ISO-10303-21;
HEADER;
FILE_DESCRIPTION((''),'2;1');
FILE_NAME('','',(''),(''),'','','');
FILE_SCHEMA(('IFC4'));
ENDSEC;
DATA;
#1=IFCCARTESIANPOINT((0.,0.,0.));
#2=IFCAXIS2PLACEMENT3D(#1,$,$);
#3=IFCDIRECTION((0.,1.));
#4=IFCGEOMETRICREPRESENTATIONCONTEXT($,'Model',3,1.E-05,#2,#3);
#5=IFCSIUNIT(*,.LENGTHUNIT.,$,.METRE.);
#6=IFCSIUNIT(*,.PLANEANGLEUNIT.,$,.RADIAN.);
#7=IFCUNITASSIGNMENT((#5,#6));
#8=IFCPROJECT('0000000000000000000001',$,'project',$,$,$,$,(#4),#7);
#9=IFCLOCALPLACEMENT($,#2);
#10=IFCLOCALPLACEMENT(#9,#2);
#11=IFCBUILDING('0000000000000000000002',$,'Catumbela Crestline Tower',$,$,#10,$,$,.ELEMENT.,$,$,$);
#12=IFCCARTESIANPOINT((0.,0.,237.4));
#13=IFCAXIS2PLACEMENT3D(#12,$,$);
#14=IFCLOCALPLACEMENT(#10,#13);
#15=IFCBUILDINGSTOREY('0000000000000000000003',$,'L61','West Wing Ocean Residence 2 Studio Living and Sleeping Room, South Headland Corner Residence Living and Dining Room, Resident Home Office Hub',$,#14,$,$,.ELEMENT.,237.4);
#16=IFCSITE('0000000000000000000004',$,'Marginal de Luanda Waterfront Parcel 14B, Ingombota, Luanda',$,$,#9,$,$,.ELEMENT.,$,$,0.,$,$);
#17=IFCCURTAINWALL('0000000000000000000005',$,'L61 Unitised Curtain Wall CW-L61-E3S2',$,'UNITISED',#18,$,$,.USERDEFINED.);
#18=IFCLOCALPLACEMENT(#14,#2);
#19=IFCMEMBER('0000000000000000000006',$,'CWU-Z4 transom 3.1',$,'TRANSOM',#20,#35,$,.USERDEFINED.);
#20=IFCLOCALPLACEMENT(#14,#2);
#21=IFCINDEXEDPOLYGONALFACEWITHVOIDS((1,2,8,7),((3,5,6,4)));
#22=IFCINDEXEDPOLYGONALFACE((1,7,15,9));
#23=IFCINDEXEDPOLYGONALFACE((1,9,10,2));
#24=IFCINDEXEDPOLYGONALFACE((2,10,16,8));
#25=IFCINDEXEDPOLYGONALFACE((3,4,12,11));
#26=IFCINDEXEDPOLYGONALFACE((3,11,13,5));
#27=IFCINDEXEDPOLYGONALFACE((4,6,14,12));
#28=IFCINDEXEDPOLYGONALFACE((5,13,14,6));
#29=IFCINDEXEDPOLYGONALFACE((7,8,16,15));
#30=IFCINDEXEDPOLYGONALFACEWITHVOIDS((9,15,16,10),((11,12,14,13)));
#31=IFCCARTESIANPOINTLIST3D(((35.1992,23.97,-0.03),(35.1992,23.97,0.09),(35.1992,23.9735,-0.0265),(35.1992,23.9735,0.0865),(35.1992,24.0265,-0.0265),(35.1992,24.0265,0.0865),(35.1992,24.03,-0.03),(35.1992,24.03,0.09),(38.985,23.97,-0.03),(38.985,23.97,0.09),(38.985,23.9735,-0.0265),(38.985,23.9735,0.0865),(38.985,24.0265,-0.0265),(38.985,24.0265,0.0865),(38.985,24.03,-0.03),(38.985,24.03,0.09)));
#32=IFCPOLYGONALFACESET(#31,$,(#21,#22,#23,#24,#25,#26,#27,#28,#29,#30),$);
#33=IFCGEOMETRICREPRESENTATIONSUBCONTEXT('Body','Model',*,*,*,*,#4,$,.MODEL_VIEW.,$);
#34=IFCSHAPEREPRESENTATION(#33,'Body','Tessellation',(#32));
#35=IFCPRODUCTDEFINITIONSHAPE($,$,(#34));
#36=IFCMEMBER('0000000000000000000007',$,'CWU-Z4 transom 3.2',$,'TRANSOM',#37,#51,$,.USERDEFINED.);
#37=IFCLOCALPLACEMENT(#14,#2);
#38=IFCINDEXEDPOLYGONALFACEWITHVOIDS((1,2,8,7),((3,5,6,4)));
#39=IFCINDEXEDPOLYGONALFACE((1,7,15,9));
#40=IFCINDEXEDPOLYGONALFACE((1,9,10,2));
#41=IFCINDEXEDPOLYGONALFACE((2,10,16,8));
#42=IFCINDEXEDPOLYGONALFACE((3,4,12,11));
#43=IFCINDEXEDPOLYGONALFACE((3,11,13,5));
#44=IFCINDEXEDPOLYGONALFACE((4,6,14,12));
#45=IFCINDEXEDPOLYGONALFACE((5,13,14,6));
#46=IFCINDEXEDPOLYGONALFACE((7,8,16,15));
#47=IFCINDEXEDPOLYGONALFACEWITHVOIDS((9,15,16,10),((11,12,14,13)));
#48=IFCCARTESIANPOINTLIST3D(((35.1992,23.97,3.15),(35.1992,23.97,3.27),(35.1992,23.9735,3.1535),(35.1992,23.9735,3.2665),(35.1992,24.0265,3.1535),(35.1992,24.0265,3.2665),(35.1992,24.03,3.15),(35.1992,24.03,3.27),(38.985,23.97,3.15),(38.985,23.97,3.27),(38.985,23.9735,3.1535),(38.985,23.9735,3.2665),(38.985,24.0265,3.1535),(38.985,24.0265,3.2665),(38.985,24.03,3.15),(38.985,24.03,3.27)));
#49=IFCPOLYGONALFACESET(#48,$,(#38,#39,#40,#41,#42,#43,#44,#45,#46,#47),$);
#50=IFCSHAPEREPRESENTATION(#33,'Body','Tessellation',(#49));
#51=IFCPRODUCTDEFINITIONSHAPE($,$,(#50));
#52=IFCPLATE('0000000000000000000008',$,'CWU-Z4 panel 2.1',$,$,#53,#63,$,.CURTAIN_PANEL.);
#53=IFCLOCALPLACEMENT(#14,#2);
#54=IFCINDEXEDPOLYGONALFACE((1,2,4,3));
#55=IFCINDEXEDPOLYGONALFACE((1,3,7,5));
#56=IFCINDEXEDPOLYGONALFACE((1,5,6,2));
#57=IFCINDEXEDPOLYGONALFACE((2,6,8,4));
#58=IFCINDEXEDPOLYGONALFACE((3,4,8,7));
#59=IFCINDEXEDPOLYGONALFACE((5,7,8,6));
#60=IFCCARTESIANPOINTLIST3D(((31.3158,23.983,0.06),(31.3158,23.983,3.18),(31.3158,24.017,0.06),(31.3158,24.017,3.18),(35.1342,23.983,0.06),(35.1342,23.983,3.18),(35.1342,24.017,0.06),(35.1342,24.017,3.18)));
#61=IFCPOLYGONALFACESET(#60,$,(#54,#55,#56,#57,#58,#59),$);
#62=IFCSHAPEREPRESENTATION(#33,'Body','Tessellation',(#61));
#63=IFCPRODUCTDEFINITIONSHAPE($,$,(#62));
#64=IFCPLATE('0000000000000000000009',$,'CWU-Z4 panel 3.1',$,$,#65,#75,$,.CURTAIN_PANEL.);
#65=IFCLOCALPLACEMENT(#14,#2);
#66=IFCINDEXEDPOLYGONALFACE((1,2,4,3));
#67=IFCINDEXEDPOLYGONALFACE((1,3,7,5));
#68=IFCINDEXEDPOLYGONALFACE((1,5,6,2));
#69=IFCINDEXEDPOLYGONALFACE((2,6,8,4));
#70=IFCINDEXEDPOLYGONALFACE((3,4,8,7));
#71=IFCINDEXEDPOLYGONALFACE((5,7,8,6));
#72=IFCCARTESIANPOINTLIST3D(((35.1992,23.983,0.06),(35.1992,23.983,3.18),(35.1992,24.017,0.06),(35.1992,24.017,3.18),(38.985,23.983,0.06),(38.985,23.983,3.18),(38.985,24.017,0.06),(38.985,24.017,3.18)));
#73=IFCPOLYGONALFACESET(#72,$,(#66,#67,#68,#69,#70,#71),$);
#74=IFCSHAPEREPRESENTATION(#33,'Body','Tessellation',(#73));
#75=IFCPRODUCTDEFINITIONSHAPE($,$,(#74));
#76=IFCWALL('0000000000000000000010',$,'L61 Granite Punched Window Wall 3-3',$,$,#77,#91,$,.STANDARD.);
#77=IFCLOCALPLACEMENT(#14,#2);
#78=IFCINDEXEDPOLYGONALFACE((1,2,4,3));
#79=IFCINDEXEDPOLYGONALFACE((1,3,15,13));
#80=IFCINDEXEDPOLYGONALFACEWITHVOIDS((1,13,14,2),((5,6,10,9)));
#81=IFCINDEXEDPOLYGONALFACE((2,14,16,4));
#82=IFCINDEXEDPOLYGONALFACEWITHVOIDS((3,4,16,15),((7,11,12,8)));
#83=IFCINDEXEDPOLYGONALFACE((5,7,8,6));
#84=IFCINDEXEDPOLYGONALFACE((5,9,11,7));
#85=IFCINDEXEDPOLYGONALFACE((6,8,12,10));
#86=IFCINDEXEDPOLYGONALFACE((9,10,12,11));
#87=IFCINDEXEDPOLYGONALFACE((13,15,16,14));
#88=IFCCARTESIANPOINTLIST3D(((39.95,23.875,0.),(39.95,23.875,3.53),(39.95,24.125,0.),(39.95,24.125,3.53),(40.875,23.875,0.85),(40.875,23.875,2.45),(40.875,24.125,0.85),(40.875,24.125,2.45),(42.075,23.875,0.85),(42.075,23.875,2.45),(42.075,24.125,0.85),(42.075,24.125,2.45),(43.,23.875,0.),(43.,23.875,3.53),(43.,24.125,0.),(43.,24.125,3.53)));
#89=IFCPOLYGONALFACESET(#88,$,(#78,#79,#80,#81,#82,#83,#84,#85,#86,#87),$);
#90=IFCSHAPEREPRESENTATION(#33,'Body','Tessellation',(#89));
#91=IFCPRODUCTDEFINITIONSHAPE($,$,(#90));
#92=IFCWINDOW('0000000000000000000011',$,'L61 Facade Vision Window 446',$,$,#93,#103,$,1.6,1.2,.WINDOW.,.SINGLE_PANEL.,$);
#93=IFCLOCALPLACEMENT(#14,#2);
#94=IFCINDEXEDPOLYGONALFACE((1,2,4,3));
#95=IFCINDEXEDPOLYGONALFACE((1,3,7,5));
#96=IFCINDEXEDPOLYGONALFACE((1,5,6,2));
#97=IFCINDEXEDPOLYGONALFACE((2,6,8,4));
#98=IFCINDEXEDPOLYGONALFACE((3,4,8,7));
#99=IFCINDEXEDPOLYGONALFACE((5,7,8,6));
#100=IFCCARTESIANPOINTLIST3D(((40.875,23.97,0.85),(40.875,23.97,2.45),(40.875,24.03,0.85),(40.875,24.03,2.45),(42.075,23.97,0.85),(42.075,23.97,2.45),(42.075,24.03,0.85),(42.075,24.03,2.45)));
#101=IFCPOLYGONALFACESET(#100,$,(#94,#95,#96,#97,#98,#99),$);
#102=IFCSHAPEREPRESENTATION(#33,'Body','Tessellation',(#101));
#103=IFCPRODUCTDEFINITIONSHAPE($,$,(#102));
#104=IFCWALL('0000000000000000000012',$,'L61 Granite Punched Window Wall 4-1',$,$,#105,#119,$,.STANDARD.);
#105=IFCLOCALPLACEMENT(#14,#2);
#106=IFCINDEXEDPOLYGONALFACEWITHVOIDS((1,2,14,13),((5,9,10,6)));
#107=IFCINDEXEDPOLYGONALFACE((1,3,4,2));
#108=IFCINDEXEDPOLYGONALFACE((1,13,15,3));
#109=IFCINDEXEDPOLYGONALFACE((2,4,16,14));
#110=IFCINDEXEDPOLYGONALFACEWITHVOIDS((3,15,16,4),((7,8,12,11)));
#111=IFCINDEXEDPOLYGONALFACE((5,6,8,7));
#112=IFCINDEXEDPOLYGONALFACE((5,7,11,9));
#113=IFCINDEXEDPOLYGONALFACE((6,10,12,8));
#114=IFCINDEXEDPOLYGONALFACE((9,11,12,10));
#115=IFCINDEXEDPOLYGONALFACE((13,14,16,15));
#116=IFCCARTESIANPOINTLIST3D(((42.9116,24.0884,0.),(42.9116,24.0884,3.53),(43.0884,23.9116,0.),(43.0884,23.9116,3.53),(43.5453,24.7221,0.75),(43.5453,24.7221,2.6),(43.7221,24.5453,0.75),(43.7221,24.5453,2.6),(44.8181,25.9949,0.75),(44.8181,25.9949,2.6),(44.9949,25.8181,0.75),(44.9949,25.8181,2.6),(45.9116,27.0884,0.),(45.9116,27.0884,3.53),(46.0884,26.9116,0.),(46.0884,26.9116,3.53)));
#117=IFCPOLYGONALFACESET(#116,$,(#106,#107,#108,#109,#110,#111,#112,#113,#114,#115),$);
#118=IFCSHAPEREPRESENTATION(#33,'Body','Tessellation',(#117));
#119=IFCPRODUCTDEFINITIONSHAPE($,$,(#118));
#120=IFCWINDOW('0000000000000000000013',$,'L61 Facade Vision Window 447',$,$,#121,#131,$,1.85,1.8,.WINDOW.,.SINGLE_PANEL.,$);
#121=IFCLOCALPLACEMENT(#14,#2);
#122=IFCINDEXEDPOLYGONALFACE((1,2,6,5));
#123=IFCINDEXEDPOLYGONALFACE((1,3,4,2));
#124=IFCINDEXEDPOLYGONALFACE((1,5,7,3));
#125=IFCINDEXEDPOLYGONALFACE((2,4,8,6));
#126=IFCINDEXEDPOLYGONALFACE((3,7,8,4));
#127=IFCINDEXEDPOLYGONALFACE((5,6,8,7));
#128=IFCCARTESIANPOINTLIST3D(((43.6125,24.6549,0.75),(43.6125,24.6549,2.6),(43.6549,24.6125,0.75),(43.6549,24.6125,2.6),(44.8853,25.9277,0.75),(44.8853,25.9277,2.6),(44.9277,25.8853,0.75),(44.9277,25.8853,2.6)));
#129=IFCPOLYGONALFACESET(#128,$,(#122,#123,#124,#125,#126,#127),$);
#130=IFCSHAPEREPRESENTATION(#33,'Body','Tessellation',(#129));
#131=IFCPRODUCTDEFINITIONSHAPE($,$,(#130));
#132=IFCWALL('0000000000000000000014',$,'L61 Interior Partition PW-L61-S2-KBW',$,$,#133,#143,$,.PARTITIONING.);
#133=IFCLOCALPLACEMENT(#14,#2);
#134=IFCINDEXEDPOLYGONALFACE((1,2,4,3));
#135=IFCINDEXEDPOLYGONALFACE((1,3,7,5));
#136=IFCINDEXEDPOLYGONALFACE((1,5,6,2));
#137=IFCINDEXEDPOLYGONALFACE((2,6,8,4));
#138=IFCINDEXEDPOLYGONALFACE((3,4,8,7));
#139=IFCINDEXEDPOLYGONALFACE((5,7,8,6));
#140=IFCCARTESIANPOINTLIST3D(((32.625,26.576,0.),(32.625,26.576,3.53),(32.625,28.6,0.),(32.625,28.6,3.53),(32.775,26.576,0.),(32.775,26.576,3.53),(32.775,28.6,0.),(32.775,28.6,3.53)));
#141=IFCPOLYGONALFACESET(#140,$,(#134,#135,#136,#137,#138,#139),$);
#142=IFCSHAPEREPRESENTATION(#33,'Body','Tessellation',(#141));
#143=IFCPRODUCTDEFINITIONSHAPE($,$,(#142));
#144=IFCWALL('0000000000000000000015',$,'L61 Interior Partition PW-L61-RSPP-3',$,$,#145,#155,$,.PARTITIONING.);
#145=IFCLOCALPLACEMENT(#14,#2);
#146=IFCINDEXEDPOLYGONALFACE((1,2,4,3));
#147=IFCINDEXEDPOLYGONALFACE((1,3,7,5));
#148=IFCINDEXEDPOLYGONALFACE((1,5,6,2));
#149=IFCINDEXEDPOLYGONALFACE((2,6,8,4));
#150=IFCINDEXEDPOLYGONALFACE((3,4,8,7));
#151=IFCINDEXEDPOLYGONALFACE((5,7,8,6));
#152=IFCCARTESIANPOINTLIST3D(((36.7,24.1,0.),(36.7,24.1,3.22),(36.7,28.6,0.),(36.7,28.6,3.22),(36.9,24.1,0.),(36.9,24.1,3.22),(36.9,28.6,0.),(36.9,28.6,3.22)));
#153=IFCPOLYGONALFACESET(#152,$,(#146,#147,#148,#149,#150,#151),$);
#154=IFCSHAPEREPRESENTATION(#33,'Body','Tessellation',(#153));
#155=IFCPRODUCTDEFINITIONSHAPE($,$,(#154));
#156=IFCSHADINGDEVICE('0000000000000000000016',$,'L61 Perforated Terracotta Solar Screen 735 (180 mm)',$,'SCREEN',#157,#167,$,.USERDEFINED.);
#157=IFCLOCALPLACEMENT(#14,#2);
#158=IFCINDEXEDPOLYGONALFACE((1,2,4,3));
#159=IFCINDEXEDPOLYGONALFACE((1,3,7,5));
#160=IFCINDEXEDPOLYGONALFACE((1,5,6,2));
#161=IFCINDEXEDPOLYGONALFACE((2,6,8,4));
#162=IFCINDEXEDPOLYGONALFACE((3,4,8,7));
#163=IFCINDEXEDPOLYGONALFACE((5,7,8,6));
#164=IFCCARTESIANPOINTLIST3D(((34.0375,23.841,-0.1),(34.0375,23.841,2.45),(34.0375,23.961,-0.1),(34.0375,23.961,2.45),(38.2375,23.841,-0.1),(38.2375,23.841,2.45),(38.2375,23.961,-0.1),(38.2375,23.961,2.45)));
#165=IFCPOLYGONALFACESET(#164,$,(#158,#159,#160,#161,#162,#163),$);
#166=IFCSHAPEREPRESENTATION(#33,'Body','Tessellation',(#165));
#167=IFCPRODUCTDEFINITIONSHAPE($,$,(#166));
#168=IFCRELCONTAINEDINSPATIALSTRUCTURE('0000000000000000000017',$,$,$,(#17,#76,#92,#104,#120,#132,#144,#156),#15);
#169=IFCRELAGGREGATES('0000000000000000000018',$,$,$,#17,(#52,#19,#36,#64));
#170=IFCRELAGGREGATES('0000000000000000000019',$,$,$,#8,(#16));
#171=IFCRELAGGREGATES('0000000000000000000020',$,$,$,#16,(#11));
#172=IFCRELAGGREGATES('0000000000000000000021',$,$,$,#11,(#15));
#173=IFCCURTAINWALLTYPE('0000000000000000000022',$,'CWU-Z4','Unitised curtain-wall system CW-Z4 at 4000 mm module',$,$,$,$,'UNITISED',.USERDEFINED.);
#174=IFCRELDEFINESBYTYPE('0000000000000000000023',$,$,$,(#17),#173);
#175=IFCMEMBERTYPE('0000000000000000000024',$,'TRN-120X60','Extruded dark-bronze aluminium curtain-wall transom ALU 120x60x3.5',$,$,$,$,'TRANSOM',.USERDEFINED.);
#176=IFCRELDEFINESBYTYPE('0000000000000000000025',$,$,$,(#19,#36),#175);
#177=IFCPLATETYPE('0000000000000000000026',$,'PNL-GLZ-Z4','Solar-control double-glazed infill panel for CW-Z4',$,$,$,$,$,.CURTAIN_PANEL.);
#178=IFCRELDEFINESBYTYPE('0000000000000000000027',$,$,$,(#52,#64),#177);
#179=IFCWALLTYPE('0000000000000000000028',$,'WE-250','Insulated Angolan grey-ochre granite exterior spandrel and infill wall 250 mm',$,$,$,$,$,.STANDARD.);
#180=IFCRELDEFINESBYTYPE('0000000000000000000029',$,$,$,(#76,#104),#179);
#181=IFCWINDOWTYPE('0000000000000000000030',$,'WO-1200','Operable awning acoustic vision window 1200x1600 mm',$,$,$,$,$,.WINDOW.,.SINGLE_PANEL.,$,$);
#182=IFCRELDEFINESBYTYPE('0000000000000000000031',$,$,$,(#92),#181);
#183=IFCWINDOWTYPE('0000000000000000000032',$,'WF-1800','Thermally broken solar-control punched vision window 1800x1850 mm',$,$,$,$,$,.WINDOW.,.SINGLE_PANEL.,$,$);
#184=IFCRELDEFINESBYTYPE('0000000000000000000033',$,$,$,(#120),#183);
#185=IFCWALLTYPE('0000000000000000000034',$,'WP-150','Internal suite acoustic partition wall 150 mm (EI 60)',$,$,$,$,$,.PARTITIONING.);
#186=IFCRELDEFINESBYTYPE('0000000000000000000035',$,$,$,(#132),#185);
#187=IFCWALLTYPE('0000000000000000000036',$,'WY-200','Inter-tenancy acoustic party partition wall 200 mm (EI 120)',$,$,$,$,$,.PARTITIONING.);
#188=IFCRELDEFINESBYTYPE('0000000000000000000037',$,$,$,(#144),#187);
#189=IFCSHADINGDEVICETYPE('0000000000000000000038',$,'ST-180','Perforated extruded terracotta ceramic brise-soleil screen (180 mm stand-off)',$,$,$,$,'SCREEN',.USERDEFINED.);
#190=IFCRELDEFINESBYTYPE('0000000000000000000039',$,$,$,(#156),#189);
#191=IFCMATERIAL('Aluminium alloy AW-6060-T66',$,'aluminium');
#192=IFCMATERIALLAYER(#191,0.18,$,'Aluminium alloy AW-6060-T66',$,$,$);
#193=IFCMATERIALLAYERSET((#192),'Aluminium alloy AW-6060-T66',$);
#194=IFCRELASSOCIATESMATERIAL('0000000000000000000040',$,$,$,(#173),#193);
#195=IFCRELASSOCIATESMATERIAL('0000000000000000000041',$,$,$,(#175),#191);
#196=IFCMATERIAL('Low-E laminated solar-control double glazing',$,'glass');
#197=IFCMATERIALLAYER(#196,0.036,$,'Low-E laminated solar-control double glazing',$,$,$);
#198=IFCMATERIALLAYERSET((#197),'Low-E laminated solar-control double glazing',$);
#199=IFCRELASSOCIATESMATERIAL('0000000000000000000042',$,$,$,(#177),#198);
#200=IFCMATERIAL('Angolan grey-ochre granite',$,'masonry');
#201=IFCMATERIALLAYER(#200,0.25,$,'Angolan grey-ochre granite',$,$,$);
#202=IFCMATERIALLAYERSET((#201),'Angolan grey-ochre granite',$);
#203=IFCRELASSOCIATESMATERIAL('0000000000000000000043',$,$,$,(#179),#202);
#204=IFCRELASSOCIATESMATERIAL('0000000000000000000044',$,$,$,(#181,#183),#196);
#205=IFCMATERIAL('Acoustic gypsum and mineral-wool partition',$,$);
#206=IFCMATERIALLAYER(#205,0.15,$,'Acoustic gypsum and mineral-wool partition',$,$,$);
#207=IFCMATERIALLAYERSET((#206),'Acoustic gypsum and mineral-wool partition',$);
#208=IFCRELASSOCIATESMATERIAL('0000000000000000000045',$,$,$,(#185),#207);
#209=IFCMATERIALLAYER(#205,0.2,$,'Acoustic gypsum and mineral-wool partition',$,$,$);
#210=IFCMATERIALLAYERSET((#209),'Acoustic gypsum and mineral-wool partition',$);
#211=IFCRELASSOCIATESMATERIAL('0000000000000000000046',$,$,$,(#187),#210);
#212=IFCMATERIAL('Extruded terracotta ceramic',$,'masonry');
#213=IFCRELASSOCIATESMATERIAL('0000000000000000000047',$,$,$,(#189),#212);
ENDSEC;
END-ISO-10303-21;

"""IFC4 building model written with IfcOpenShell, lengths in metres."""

from ifc_helpers import new_model, si_unit, direction, frame, frame_2d, origin, origin_2d, place, context, subcontext, project, spatial, rectangle, hollow_rectangle, extrude, material, layer, layer_set, material_profile, profile_set, type_object, element, fill, aggregate, save


model = new_model("IFC4")

# Units and contexts
model_context = context("Model", 3, precision=1e-05, world=origin(), true_north=direction((0.0, 1.0)))
body_context = subcontext(model_context, "Body", "Model", "MODEL_VIEW")
ifc_project = project(units=[si_unit("LENGTHUNIT", "METRE"), si_unit("PLANEANGLEUNIT", "RADIAN")], contexts=[model_context])

# Site, building, storey
site_placement = place(None, origin())
site = spatial("IfcSite", under=ifc_project, at=site_placement, Name="Marginal de Luanda Waterfront Parcel 14B, Ingombota, Luanda", CompositionType="ELEMENT", RefElevation=0.0)
building_placement = place(site_placement, origin())
building = spatial("IfcBuilding", under=site, at=building_placement, Name="Catumbela Crestline Tower", CompositionType="ELEMENT")
storey_placement = place(building_placement, frame((0.0, 0.0, 237.4)))
storey = spatial("IfcBuildingStorey", under=building, at=storey_placement, Name="L61", Description="West Wing Ocean Residence 2 Studio Living and Sleeping Room, South Headland Corner Residence Living and Dining Room, Resident Home Office Hub", CompositionType="ELEMENT", Elevation=237.4)

# Curtain wall
ifc_material_1 = material(Name="Aluminium alloy AW-6060-T66", Category="aluminium")
ifc_layer_1 = layer(ifc_material_1, 0.18, Name="Aluminium alloy AW-6060-T66")
ifc_layer_set_1 = layer_set([ifc_layer_1], Name="Aluminium alloy AW-6060-T66")
curtain_wall_type = type_object("IfcCurtainWallType", Name="CWU-Z4", Description="Unitised curtain-wall system CW-Z4 at 4000 mm module", ElementType="UNITISED", PredefinedType="USERDEFINED", material=ifc_layer_set_1)
curtain_wall_placement = place(storey_placement, origin())
curtain_wall = element("IfcCurtainWall", 1, at=curtain_wall_placement, inside=storey, type_object=curtain_wall_type, Name="L61 Unitised Curtain Wall CW-L61-E3S2", ObjectType="UNITISED", PredefinedType="USERDEFINED")

# Members
ifc_material_profile_1 = material_profile(ifc_material_1, hollow_rectangle(XDim=0.06, YDim=0.12, WallThickness=0.0035, at=origin_2d()), Name="ALU 120x60x3.5")
ifc_profile_set_1 = profile_set([ifc_material_profile_1], Name="Aluminium alloy AW-6060-T66")
member_type_1 = type_object("IfcMemberType", Name="TRN-120X60", Description="Extruded dark-bronze aluminium curtain-wall transom ALU 120x60x3.5", ElementType="TRANSOM", PredefinedType="USERDEFINED", material=ifc_profile_set_1)
member_1_placement = place(storey_placement, frame((35.1992, 24.0, 0.03), z_axis=(1.0, 0.0, 0.0), x_axis=(0.0, 1.0, 0.0)))
member_1 = element("IfcMember", 2, at=member_1_placement, type_object=member_type_1, Name="CWU-Z4 transom 3.1", ObjectType="TRANSOM", PredefinedType="USERDEFINED", context=body_context, shape_type="SweptSolid", body=[
    extrude(hollow_rectangle(XDim=0.06, YDim=0.12, WallThickness=0.0035, at=origin_2d()), origin(), (0.0, 0.0, 1.0), 3.7858),
])
member_2_placement = place(storey_placement, frame((35.1992, 24.0, 3.21), z_axis=(1.0, 0.0, 0.0), x_axis=(0.0, 1.0, 0.0)))
member_2 = element("IfcMember", 3, at=member_2_placement, type_object=member_type_1, Name="CWU-Z4 transom 3.2", ObjectType="TRANSOM", PredefinedType="USERDEFINED", context=body_context, shape_type="SweptSolid", body=[
    extrude(hollow_rectangle(XDim=0.06, YDim=0.12, WallThickness=0.0035, at=origin_2d()), origin(), (0.0, 0.0, 1.0), 3.7858),
])

# Plates
ifc_material_2 = material(Name="Low-E laminated solar-control double glazing", Category="glass")
ifc_layer_2 = layer(ifc_material_2, 0.036, Name="Low-E laminated solar-control double glazing")
ifc_layer_set_2 = layer_set([ifc_layer_2], Name="Low-E laminated solar-control double glazing")
plate_type = type_object("IfcPlateType", Name="PNL-GLZ-Z4", Description="Solar-control double-glazed infill panel for CW-Z4", PredefinedType="CURTAIN_PANEL", material=ifc_layer_set_2)
plate_1_placement = place(storey_placement, frame((33.225, 24.0, 0.06), z_axis=(0.0, 0.0, 1.0), x_axis=(1.0, 0.0, 0.0)))
plate_1 = element("IfcPlate", 4, at=plate_1_placement, type_object=plate_type, Name="CWU-Z4 panel 2.1", PredefinedType="CURTAIN_PANEL", context=body_context, shape_type="SweptSolid", body=[
    extrude(rectangle(XDim=3.8183, YDim=0.034, at=origin_2d()), origin(), (0.0, 0.0, 1.0), 3.12),
])
plate_2_placement = place(storey_placement, frame((37.0921, 24.0, 0.06), z_axis=(0.0, 0.0, 1.0), x_axis=(1.0, 0.0, 0.0)))
plate_2 = element("IfcPlate", 5, at=plate_2_placement, type_object=plate_type, Name="CWU-Z4 panel 3.1", PredefinedType="CURTAIN_PANEL", context=body_context, shape_type="SweptSolid", body=[
    extrude(rectangle(XDim=3.7858, YDim=0.034, at=origin_2d()), origin(), (0.0, 0.0, 1.0), 3.12),
])
aggregate(curtain_wall, [plate_1, member_1, member_2, plate_2])

# Walls, openings, windows
ifc_material_3 = material(Name="Angolan grey-ochre granite", Category="masonry")
ifc_layer_3 = layer(ifc_material_3, 0.25, Name="Angolan grey-ochre granite")
ifc_layer_set_3 = layer_set([ifc_layer_3], Name="Angolan grey-ochre granite")
wall_type_1 = type_object("IfcWallType", Name="WE-250", Description="Insulated Angolan grey-ochre granite exterior spandrel and infill wall 250 mm", PredefinedType="STANDARD", material=ifc_layer_set_3)
wall_1_placement = place(storey_placement, frame((39.95, 24.0, 0.0), z_axis=(0.0, 0.0, 1.0), x_axis=(1.0, 0.0, 0.0)))
wall_1 = element("IfcWall", 6, at=wall_1_placement, inside=storey, type_object=wall_type_1, Name="L61 Granite Punched Window Wall 3-3", PredefinedType="STANDARD", context=body_context, shape_type="SweptSolid", body=[
    extrude(rectangle(XDim=3.05, YDim=0.25, at=frame_2d((1.525, 0.0))), origin(), (0.0, 0.0, 1.0), 3.53),
])
opening_1_placement = place(wall_1_placement, frame((0.925, 0.0, 0.85)))
opening_1 = element("IfcOpeningElement", 7, at=opening_1_placement, cuts=wall_1, PredefinedType="OPENING", context=body_context, shape_type="SweptSolid", body=[
    extrude(rectangle(XDim=1.2, YDim=1.6, at=frame_2d((0.6, 0.8))), frame((0.0, 0.135, 0.0), z_axis=(0.0, -1.0, 0.0), x_axis=(1.0, 0.0, 0.0)), (0.0, 0.0, 1.0), 0.27),
])
window_type_1 = type_object("IfcWindowType", Name="WO-1200", Description="Operable awning acoustic vision window 1200x1600 mm", PartitioningType="SINGLE_PANEL", PredefinedType="WINDOW", material=ifc_material_2)
window_1_placement = place(opening_1_placement, origin())
window_1 = element("IfcWindow", 8, at=window_1_placement, inside=storey, type_object=window_type_1, Name="L61 Facade Vision Window 446", OverallHeight=1.6, OverallWidth=1.2, PartitioningType="SINGLE_PANEL", PredefinedType="WINDOW", context=body_context, shape_type="SweptSolid", body=[
    extrude(rectangle(XDim=1.2, YDim=1.6, at=frame_2d((0.6, 0.8))), frame((0.0, 0.03, 0.0), z_axis=(0.0, -1.0, 0.0), x_axis=(1.0, 0.0, 0.0)), (0.0, 0.0, 1.0), 0.06),
])
fill(opening_1, window_1)
wall_2_placement = place(storey_placement, frame((43.0, 24.0, 0.0), z_axis=(0.0, 0.0, 1.0), x_axis=(0.707107, 0.707107, 0.0)))
wall_2 = element("IfcWall", 9, at=wall_2_placement, inside=storey, type_object=wall_type_1, Name="L61 Granite Punched Window Wall 4-1", PredefinedType="STANDARD", context=body_context, shape_type="SweptSolid", body=[
    extrude(rectangle(XDim=4.2426, YDim=0.25, at=frame_2d((2.1213, 0.0))), origin(), (0.0, 0.0, 1.0), 3.53),
])
opening_2_placement = place(wall_2_placement, frame((0.8962, 0.0, 0.75)))
opening_2 = element("IfcOpeningElement", 10, at=opening_2_placement, cuts=wall_2, PredefinedType="OPENING", context=body_context, shape_type="SweptSolid", body=[
    extrude(rectangle(XDim=1.8, YDim=1.85, at=frame_2d((0.9, 0.925))), frame((0.0, 0.135, 0.0), z_axis=(0.0, -1.0, 0.0), x_axis=(1.0, 0.0, 0.0)), (0.0, 0.0, 1.0), 0.27),
])
window_type_2 = type_object("IfcWindowType", Name="WF-1800", Description="Thermally broken solar-control punched vision window 1800x1850 mm", PartitioningType="SINGLE_PANEL", PredefinedType="WINDOW", material=ifc_material_2)
window_2_placement = place(opening_2_placement, origin())
window_2 = element("IfcWindow", 11, at=window_2_placement, inside=storey, type_object=window_type_2, Name="L61 Facade Vision Window 447", OverallHeight=1.85, OverallWidth=1.8, PartitioningType="SINGLE_PANEL", PredefinedType="WINDOW", context=body_context, shape_type="SweptSolid", body=[
    extrude(rectangle(XDim=1.8, YDim=1.85, at=frame_2d((0.9, 0.925))), frame((0.0, 0.03, 0.0), z_axis=(0.0, -1.0, 0.0), x_axis=(1.0, 0.0, 0.0)), (0.0, 0.0, 1.0), 0.06),
])
fill(opening_2, window_2)

# Walls
ifc_material_4 = material(Name="Acoustic gypsum and mineral-wool partition")
ifc_layer_4 = layer(ifc_material_4, 0.15, Name="Acoustic gypsum and mineral-wool partition")
ifc_layer_set_4 = layer_set([ifc_layer_4], Name="Acoustic gypsum and mineral-wool partition")
wall_type_2 = type_object("IfcWallType", Name="WP-150", Description="Internal suite acoustic partition wall 150 mm (EI 60)", PredefinedType="PARTITIONING", material=ifc_layer_set_4)
wall_3_placement = place(storey_placement, frame((32.7, 26.576, 0.0), z_axis=(0.0, 0.0, 1.0), x_axis=(0.0, 1.0, 0.0)))
element("IfcWall", 12, at=wall_3_placement, inside=storey, type_object=wall_type_2, Name="L61 Interior Partition PW-L61-S2-KBW", PredefinedType="PARTITIONING", context=body_context, shape_type="SweptSolid", body=[
    extrude(rectangle(XDim=2.024, YDim=0.15, at=frame_2d((1.012, 0.0))), origin(), (0.0, 0.0, 1.0), 3.53),
])
ifc_layer_5 = layer(ifc_material_4, 0.2, Name="Acoustic gypsum and mineral-wool partition")
ifc_layer_set_5 = layer_set([ifc_layer_5], Name="Acoustic gypsum and mineral-wool partition")
wall_type_3 = type_object("IfcWallType", Name="WY-200", Description="Inter-tenancy acoustic party partition wall 200 mm (EI 120)", PredefinedType="PARTITIONING", material=ifc_layer_set_5)
wall_4_placement = place(storey_placement, frame((36.8, 24.1, 0.0), z_axis=(0.0, 0.0, 1.0), x_axis=(0.0, 1.0, 0.0)))
element("IfcWall", 13, at=wall_4_placement, inside=storey, type_object=wall_type_3, Name="L61 Interior Partition PW-L61-RSPP-3", PredefinedType="PARTITIONING", context=body_context, shape_type="SweptSolid", body=[
    extrude(rectangle(XDim=4.5, YDim=0.2, at=frame_2d((2.25, 0.0))), origin(), (0.0, 0.0, 1.0), 3.22),
])

# Shading device
ifc_material_5 = material(Name="Extruded terracotta ceramic", Category="masonry")
shading_device_type = type_object("IfcShadingDeviceType", Name="ST-180", Description="Perforated extruded terracotta ceramic brise-soleil screen (180 mm stand-off)", ElementType="SCREEN", PredefinedType="USERDEFINED", material=ifc_material_5)
shading_device_placement = place(storey_placement, frame((36.1375, 23.901, -0.1), z_axis=(0.0, 0.0, 1.0), x_axis=(1.0, 0.0, 0.0)))
element("IfcShadingDevice", 14, at=shading_device_placement, inside=storey, type_object=shading_device_type, Name="L61 Perforated Terracotta Solar Screen 735 (180 mm)", ObjectType="SCREEN", PredefinedType="USERDEFINED", context=body_context, shape_type="SweptSolid", body=[
    extrude(rectangle(XDim=4.2, YDim=0.12, at=origin_2d()), origin(), (0.0, 0.0, 1.0), 2.55),
])

save(model, "model.ifc")
